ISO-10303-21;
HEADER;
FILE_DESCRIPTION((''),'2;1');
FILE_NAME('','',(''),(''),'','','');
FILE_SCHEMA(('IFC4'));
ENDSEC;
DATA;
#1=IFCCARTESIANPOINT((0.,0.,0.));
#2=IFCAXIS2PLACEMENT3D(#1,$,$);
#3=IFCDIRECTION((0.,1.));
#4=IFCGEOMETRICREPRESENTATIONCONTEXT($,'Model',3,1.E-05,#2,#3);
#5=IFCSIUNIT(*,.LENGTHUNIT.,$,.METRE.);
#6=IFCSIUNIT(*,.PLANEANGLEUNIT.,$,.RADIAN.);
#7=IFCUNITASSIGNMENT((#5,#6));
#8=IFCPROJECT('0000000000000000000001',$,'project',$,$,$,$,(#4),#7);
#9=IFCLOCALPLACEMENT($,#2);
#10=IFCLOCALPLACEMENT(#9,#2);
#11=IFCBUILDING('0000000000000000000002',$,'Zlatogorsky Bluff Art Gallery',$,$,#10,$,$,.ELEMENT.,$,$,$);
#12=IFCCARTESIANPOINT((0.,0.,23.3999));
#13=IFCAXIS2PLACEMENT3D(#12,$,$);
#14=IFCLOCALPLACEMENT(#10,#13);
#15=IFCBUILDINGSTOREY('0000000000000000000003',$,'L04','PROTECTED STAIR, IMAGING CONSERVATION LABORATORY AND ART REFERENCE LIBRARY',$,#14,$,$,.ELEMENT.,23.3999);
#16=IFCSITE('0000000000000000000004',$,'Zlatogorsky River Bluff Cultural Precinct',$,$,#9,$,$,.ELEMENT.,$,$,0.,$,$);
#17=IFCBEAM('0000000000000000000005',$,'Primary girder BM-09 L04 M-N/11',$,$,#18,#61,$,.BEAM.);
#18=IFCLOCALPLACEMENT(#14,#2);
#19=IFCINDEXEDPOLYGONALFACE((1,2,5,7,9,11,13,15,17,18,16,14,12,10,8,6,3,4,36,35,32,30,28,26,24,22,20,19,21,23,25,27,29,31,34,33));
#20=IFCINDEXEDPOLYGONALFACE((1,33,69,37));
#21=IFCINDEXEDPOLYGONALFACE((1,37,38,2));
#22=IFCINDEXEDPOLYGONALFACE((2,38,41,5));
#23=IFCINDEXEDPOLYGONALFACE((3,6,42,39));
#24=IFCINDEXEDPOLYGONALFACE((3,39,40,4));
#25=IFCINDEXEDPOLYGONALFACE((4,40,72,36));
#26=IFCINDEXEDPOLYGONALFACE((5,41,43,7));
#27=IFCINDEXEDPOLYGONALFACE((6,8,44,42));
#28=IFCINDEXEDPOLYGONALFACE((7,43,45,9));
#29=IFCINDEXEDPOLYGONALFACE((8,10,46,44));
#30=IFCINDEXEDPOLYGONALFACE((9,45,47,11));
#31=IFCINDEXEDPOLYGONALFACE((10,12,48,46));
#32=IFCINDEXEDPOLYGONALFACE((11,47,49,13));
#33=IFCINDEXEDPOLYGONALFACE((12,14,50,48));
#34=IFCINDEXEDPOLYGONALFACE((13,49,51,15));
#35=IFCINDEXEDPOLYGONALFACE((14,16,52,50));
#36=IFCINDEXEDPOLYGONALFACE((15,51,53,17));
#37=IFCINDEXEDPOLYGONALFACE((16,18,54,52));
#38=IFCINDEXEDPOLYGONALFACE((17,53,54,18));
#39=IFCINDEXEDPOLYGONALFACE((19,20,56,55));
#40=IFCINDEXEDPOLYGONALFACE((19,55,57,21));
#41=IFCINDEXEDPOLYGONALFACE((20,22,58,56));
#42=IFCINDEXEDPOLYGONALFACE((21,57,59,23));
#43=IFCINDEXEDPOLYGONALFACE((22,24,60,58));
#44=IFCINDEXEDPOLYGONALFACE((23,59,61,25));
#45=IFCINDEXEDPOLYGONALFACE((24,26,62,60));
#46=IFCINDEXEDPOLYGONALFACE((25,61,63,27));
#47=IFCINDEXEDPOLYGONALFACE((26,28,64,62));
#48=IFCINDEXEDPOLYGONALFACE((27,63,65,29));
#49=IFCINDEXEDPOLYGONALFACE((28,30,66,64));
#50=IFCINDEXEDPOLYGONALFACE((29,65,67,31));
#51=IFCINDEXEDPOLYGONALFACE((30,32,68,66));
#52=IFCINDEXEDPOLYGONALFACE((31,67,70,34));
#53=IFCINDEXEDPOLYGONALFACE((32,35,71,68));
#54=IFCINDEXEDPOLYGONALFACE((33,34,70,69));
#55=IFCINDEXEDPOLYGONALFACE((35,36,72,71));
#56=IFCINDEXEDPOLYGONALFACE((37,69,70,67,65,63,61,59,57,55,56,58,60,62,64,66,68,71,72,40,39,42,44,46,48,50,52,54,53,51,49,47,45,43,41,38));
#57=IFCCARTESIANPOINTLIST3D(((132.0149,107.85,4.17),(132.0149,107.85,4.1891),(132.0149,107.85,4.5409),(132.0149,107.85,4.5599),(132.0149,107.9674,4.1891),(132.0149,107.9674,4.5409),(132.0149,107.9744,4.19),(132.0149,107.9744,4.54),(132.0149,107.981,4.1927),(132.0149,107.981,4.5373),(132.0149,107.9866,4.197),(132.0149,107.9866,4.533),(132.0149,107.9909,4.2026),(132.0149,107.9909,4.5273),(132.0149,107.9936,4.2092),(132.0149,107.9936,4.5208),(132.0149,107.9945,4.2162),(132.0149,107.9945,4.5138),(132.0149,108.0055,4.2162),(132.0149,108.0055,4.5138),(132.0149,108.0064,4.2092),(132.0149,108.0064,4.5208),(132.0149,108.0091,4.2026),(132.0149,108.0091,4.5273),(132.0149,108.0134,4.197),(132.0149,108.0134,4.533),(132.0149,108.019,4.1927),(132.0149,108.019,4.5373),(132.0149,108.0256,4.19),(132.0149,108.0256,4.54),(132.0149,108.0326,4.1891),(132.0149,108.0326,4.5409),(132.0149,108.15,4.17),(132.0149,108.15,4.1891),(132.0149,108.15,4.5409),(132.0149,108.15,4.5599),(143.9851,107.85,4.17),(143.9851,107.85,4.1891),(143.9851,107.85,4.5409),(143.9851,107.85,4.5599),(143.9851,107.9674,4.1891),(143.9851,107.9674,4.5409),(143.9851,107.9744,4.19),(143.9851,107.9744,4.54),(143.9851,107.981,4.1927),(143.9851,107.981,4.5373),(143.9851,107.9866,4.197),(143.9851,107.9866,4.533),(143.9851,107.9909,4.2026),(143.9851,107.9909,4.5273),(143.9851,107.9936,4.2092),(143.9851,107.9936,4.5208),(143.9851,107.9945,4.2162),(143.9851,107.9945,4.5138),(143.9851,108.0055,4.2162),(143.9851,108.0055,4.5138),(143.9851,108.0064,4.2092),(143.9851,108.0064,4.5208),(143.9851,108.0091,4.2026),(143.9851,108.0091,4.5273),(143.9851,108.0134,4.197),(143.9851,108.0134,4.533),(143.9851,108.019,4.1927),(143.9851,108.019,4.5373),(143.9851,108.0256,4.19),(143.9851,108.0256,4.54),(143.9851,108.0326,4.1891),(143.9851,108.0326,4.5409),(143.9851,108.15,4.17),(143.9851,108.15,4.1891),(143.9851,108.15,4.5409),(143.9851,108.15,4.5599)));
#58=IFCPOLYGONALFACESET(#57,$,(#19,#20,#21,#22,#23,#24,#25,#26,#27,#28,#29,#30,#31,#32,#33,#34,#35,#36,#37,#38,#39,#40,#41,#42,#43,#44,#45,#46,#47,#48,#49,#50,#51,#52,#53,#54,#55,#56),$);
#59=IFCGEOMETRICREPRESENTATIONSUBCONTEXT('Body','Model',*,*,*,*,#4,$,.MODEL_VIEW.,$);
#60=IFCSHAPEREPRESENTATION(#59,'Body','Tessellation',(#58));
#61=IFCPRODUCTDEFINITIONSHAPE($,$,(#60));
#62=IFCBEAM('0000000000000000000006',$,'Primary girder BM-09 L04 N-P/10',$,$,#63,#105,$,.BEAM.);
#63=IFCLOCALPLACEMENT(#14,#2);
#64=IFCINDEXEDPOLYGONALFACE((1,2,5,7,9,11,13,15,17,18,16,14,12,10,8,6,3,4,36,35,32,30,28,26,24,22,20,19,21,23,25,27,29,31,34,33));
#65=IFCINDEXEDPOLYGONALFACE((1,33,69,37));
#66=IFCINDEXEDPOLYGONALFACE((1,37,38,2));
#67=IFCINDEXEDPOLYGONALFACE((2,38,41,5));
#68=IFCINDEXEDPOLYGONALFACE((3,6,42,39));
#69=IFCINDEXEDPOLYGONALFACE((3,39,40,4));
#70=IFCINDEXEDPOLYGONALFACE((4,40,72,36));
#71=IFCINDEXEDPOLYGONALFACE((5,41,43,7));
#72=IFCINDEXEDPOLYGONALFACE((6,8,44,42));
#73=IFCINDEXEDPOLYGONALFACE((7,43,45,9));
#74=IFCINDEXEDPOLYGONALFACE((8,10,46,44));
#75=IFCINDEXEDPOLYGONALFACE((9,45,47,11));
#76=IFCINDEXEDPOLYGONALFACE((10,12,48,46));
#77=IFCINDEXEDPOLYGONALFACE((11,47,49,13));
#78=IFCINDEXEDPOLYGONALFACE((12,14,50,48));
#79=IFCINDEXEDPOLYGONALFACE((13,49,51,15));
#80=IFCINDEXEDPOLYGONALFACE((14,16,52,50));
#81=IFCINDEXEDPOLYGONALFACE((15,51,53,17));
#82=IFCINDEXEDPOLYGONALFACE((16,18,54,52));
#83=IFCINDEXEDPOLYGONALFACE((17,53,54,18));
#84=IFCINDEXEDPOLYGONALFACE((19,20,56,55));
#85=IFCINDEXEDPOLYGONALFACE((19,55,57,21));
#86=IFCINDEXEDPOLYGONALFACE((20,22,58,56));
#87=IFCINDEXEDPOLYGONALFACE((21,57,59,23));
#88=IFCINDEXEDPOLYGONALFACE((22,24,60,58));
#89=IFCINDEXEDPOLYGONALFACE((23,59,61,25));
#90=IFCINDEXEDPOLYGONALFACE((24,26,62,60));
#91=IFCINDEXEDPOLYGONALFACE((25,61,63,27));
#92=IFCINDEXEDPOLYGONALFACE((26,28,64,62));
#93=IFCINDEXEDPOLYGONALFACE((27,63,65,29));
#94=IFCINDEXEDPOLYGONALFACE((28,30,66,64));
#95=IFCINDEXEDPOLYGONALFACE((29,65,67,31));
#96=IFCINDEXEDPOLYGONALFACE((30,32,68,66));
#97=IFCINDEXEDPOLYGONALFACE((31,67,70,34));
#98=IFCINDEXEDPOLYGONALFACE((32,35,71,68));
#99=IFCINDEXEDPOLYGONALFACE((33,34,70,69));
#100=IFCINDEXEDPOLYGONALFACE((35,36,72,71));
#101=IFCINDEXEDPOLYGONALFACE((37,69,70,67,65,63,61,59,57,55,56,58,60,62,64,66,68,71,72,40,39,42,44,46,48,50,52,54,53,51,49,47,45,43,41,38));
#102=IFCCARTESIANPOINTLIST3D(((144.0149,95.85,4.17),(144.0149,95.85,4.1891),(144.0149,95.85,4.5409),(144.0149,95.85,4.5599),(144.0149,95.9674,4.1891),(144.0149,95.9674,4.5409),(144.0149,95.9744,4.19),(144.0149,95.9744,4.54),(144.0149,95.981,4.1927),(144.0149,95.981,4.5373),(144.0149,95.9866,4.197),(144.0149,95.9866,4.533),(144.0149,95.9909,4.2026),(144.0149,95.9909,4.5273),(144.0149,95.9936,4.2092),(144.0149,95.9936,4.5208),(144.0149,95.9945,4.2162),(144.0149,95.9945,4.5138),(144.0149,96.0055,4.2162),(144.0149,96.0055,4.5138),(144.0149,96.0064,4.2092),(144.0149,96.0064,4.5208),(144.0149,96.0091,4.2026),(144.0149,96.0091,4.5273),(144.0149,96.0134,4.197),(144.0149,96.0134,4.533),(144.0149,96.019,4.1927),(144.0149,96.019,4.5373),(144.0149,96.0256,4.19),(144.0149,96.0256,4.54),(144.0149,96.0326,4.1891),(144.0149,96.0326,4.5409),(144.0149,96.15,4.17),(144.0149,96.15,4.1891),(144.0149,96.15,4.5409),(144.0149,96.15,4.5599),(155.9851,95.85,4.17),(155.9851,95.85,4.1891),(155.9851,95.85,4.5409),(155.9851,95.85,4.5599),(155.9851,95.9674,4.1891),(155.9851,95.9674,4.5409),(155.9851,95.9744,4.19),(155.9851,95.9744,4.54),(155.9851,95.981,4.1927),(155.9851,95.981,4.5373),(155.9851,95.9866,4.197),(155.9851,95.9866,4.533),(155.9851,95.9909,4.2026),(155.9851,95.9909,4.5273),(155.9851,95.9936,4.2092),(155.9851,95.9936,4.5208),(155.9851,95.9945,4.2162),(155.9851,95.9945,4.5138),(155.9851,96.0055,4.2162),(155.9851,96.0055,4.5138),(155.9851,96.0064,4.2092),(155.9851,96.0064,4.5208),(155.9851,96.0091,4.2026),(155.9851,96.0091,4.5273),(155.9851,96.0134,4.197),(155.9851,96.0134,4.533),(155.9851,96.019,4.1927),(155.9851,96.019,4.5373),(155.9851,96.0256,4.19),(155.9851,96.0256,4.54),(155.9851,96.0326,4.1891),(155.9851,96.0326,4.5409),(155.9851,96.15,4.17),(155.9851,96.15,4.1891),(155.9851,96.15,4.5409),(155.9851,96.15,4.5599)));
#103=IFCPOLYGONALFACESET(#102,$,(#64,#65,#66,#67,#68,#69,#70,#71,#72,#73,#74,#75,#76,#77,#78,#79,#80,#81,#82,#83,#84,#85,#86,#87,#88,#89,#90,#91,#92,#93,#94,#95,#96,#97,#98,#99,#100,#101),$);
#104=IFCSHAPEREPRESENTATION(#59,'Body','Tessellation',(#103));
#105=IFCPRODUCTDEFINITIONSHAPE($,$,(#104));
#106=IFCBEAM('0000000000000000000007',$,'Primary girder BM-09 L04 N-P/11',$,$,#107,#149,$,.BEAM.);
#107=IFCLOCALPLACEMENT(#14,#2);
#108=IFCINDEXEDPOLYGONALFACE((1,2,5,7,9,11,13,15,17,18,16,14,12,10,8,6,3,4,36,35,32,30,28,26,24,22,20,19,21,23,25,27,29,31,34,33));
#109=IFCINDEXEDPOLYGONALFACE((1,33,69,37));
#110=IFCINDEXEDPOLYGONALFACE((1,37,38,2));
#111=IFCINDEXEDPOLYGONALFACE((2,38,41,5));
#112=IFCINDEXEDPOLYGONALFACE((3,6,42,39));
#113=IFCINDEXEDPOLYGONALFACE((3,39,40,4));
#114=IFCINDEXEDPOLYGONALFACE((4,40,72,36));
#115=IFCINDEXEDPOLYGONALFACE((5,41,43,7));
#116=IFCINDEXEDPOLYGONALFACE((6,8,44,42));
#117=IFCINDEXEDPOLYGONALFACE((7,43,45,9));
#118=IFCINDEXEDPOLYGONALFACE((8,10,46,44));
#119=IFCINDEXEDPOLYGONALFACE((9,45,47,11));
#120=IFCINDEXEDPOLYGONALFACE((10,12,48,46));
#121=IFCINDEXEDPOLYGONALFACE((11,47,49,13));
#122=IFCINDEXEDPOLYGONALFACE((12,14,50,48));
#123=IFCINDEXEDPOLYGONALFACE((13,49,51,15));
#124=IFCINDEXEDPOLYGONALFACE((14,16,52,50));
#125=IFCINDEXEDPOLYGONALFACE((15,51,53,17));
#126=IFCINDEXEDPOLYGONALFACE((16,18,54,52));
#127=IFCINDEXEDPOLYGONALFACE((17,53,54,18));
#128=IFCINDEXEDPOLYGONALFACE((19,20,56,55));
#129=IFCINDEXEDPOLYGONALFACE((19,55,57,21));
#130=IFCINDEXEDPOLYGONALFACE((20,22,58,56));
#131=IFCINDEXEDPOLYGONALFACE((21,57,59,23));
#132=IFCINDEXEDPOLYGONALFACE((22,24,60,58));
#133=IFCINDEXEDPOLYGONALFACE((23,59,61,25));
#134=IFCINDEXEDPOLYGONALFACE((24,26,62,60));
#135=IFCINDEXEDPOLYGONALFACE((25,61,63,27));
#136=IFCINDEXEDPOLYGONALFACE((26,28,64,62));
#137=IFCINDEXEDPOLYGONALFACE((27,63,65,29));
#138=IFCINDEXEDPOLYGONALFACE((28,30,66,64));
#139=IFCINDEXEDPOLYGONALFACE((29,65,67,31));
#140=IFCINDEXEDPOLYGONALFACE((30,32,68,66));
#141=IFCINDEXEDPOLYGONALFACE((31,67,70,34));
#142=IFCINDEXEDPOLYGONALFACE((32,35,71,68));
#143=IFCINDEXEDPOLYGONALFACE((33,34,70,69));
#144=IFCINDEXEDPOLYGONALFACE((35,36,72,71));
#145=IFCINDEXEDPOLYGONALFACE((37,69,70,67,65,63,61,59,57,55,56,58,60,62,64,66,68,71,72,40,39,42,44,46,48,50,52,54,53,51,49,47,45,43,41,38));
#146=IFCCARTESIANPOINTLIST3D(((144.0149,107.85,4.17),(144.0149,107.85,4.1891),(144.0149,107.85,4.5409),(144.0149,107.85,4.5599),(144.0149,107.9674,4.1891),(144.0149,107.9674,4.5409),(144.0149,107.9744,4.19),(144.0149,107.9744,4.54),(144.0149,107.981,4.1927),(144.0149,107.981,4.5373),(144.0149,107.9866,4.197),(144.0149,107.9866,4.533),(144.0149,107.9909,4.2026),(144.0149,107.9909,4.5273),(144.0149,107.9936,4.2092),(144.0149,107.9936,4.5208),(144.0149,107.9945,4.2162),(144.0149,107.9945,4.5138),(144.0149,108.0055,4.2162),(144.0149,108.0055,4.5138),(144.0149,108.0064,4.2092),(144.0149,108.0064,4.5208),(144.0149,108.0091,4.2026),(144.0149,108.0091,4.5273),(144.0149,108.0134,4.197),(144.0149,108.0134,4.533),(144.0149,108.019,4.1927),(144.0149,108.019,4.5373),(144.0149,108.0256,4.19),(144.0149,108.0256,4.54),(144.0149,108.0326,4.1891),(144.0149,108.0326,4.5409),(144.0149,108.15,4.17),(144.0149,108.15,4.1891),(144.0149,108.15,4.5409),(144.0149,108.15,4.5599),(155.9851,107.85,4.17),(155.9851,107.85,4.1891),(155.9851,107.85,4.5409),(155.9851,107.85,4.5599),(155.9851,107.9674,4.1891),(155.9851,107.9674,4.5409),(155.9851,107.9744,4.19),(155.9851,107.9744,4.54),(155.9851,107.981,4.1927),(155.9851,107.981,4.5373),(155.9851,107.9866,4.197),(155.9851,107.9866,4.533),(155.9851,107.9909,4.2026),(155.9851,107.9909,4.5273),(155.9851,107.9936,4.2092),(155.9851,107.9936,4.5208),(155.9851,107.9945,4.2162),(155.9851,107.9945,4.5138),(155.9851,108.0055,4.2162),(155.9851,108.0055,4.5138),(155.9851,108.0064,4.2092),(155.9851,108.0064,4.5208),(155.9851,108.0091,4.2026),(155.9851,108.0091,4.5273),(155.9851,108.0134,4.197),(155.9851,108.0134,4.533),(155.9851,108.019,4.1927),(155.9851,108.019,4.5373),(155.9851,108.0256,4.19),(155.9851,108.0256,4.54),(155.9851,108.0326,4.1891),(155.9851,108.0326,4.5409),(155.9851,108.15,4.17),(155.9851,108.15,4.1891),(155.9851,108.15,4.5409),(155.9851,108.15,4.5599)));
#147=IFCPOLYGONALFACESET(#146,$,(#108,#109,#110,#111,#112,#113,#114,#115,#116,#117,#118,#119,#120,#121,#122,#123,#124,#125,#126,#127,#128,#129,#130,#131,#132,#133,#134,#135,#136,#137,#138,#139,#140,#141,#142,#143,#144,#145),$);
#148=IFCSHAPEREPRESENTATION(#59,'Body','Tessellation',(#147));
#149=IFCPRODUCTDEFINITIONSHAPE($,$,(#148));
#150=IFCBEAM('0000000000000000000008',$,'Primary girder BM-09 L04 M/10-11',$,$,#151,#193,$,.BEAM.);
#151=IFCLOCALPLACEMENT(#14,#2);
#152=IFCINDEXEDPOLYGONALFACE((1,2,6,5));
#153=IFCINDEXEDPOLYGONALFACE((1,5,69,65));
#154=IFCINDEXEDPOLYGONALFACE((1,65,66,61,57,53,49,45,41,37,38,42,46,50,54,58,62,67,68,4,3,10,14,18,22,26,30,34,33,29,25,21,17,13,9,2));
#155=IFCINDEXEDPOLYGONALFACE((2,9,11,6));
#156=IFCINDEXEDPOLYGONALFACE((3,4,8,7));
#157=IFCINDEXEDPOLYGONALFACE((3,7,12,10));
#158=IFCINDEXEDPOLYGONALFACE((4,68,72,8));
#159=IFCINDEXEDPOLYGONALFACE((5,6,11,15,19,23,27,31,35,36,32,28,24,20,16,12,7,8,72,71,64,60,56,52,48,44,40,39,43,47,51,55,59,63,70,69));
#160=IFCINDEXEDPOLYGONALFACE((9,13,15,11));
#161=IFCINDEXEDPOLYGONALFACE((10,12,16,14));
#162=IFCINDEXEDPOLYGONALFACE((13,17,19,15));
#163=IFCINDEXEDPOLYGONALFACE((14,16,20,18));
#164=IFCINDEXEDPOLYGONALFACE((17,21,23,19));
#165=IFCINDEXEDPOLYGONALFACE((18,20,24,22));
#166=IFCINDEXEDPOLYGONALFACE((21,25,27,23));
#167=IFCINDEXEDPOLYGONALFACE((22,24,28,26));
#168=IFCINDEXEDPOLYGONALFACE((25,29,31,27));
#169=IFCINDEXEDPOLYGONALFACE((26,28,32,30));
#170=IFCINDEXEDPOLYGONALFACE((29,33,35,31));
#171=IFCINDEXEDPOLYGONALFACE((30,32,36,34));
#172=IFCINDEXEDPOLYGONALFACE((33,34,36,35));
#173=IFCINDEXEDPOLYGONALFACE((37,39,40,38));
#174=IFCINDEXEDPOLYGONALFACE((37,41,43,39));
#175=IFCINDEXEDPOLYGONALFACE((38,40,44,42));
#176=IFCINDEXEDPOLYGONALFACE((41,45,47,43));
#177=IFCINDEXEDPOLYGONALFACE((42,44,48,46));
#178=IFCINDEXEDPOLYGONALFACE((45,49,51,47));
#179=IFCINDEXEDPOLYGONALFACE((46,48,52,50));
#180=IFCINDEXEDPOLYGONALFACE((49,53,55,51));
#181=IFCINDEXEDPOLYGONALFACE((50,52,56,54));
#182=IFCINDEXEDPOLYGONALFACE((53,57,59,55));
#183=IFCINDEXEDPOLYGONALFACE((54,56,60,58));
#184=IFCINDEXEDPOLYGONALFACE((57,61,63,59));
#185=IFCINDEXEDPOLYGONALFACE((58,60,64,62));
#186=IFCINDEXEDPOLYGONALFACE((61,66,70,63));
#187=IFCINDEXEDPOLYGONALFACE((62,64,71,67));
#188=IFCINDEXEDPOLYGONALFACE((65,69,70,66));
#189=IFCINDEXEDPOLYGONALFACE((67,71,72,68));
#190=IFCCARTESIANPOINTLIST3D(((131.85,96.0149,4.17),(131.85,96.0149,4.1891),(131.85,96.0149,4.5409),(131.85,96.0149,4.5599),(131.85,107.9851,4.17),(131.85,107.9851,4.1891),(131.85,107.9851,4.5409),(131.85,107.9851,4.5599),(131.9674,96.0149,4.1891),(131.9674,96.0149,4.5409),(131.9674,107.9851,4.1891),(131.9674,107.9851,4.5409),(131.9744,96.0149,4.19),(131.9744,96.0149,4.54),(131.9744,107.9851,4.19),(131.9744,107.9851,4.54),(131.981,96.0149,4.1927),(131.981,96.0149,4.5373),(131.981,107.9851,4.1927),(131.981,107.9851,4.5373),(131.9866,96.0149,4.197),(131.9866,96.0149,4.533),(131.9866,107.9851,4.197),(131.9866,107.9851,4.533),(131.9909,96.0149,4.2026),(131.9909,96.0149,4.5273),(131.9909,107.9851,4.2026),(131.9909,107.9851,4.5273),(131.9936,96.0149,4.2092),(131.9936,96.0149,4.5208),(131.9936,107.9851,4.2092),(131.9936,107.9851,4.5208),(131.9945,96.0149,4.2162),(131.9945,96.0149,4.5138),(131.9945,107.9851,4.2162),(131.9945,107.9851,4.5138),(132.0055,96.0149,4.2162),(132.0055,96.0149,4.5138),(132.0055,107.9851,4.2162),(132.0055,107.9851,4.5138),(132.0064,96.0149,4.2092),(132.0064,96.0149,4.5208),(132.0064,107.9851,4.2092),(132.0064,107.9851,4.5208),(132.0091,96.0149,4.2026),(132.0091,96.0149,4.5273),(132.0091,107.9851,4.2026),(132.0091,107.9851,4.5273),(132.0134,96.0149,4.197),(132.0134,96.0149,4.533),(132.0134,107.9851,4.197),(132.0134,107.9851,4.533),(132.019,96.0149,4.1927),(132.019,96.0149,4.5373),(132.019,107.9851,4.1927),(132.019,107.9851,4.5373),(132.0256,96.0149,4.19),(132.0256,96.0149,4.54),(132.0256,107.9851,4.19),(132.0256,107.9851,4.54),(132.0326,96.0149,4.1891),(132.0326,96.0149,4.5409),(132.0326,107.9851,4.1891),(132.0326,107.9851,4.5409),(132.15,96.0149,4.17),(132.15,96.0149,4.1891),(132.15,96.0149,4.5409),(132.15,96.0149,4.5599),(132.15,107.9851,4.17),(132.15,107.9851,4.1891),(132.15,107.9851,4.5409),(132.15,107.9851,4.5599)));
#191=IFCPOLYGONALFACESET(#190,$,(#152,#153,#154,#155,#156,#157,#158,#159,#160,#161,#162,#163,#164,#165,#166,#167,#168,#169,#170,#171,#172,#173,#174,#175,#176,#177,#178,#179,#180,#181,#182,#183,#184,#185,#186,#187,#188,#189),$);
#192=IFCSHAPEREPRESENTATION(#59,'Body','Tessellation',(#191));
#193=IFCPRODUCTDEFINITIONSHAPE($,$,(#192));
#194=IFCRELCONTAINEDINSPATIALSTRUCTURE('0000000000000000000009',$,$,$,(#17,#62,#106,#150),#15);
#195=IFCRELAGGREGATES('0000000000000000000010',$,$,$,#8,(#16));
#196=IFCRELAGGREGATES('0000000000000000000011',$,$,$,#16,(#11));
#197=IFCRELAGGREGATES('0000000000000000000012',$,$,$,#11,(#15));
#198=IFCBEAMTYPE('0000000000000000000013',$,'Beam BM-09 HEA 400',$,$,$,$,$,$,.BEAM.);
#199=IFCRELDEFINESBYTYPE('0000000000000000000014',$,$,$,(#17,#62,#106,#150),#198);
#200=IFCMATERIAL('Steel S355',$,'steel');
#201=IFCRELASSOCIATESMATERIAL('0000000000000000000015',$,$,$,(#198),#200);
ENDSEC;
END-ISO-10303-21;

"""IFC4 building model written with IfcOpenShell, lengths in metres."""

from ifc_helpers import new_model, si_unit, direction, frame, origin, origin_2d, place, context, subcontext, project, spatial, i_section, extrude, material, material_profile, profile_set, type_object, element, save


model = new_model("IFC4")

# Units and contexts
model_context = context("Model", 3, precision=1e-05, world=origin(), true_north=direction((0.0, 1.0)))
body_context = subcontext(model_context, "Body", "Model", "MODEL_VIEW")
ifc_project = project(units=[si_unit("LENGTHUNIT", "METRE"), si_unit("PLANEANGLEUNIT", "RADIAN")], contexts=[model_context])

# Site, building, storey
site_placement = place(None, origin())
site = spatial("IfcSite", under=ifc_project, at=site_placement, Name="Zlatogorsky River Bluff Cultural Precinct", CompositionType="ELEMENT", RefElevation=0.0)
building_placement = place(site_placement, origin())
building = spatial("IfcBuilding", under=site, at=building_placement, Name="Zlatogorsky Bluff Art Gallery", CompositionType="ELEMENT")
storey_placement = place(building_placement, frame((0.0, 0.0, 23.3999)))
storey = spatial("IfcBuildingStorey", under=building, at=storey_placement, Name="L04", Description="PROTECTED STAIR, IMAGING CONSERVATION LABORATORY AND ART REFERENCE LIBRARY", CompositionType="ELEMENT", Elevation=23.3999)

# Shared definitions
ifc_material_1 = material(Name="Steel S355", Category="steel")

# Beams
ifc_material_profile_1 = material_profile(ifc_material_1, i_section(OverallWidth=0.3, OverallDepth=0.3899, WebThickness=0.011, FlangeThickness=0.019, FilletRadius=0.0271, at=origin_2d()), Name="HEA 400")
ifc_profile_set_1 = profile_set([ifc_material_profile_1], Name="Steel S355")
beam_type = type_object("IfcBeamType", Name="Beam BM-09 HEA 400", PredefinedType="BEAM", material=ifc_profile_set_1)
for number, where, z_axis, x_axis, name in (
    (1, (132.0149, 108.0, 4.365), (1.0, 0.0, 0.0), (0.0, 1.0, 0.0), "Primary girder BM-09 L04 M-N/11"),
    (2, (144.0149, 96.0, 4.365), (1.0, 0.0, 0.0), (0.0, 1.0, 0.0), "Primary girder BM-09 L04 N-P/10"),
    (3, (144.0149, 108.0, 4.365), (1.0, 0.0, 0.0), (0.0, 1.0, 0.0), "Primary girder BM-09 L04 N-P/11"),
    (4, (132.0, 96.0149, 4.365), (0.0, 1.0, 0.0), (-1.0, 0.0, 0.0), "Primary girder BM-09 L04 M/10-11"),
):
    element("IfcBeam", number, at=place(storey_placement, frame(where, z_axis=z_axis, x_axis=x_axis)), inside=storey, type_object=beam_type, Name=name, PredefinedType="BEAM", context=body_context, shape_type="SweptSolid", body=[
        extrude(i_section(OverallWidth=0.3, OverallDepth=0.3899, WebThickness=0.011, FlangeThickness=0.019, FilletRadius=0.0271, at=origin_2d()), origin(), (0.0, 0.0, 1.0), 11.9702),
    ])

save(model, "model.ifc")
